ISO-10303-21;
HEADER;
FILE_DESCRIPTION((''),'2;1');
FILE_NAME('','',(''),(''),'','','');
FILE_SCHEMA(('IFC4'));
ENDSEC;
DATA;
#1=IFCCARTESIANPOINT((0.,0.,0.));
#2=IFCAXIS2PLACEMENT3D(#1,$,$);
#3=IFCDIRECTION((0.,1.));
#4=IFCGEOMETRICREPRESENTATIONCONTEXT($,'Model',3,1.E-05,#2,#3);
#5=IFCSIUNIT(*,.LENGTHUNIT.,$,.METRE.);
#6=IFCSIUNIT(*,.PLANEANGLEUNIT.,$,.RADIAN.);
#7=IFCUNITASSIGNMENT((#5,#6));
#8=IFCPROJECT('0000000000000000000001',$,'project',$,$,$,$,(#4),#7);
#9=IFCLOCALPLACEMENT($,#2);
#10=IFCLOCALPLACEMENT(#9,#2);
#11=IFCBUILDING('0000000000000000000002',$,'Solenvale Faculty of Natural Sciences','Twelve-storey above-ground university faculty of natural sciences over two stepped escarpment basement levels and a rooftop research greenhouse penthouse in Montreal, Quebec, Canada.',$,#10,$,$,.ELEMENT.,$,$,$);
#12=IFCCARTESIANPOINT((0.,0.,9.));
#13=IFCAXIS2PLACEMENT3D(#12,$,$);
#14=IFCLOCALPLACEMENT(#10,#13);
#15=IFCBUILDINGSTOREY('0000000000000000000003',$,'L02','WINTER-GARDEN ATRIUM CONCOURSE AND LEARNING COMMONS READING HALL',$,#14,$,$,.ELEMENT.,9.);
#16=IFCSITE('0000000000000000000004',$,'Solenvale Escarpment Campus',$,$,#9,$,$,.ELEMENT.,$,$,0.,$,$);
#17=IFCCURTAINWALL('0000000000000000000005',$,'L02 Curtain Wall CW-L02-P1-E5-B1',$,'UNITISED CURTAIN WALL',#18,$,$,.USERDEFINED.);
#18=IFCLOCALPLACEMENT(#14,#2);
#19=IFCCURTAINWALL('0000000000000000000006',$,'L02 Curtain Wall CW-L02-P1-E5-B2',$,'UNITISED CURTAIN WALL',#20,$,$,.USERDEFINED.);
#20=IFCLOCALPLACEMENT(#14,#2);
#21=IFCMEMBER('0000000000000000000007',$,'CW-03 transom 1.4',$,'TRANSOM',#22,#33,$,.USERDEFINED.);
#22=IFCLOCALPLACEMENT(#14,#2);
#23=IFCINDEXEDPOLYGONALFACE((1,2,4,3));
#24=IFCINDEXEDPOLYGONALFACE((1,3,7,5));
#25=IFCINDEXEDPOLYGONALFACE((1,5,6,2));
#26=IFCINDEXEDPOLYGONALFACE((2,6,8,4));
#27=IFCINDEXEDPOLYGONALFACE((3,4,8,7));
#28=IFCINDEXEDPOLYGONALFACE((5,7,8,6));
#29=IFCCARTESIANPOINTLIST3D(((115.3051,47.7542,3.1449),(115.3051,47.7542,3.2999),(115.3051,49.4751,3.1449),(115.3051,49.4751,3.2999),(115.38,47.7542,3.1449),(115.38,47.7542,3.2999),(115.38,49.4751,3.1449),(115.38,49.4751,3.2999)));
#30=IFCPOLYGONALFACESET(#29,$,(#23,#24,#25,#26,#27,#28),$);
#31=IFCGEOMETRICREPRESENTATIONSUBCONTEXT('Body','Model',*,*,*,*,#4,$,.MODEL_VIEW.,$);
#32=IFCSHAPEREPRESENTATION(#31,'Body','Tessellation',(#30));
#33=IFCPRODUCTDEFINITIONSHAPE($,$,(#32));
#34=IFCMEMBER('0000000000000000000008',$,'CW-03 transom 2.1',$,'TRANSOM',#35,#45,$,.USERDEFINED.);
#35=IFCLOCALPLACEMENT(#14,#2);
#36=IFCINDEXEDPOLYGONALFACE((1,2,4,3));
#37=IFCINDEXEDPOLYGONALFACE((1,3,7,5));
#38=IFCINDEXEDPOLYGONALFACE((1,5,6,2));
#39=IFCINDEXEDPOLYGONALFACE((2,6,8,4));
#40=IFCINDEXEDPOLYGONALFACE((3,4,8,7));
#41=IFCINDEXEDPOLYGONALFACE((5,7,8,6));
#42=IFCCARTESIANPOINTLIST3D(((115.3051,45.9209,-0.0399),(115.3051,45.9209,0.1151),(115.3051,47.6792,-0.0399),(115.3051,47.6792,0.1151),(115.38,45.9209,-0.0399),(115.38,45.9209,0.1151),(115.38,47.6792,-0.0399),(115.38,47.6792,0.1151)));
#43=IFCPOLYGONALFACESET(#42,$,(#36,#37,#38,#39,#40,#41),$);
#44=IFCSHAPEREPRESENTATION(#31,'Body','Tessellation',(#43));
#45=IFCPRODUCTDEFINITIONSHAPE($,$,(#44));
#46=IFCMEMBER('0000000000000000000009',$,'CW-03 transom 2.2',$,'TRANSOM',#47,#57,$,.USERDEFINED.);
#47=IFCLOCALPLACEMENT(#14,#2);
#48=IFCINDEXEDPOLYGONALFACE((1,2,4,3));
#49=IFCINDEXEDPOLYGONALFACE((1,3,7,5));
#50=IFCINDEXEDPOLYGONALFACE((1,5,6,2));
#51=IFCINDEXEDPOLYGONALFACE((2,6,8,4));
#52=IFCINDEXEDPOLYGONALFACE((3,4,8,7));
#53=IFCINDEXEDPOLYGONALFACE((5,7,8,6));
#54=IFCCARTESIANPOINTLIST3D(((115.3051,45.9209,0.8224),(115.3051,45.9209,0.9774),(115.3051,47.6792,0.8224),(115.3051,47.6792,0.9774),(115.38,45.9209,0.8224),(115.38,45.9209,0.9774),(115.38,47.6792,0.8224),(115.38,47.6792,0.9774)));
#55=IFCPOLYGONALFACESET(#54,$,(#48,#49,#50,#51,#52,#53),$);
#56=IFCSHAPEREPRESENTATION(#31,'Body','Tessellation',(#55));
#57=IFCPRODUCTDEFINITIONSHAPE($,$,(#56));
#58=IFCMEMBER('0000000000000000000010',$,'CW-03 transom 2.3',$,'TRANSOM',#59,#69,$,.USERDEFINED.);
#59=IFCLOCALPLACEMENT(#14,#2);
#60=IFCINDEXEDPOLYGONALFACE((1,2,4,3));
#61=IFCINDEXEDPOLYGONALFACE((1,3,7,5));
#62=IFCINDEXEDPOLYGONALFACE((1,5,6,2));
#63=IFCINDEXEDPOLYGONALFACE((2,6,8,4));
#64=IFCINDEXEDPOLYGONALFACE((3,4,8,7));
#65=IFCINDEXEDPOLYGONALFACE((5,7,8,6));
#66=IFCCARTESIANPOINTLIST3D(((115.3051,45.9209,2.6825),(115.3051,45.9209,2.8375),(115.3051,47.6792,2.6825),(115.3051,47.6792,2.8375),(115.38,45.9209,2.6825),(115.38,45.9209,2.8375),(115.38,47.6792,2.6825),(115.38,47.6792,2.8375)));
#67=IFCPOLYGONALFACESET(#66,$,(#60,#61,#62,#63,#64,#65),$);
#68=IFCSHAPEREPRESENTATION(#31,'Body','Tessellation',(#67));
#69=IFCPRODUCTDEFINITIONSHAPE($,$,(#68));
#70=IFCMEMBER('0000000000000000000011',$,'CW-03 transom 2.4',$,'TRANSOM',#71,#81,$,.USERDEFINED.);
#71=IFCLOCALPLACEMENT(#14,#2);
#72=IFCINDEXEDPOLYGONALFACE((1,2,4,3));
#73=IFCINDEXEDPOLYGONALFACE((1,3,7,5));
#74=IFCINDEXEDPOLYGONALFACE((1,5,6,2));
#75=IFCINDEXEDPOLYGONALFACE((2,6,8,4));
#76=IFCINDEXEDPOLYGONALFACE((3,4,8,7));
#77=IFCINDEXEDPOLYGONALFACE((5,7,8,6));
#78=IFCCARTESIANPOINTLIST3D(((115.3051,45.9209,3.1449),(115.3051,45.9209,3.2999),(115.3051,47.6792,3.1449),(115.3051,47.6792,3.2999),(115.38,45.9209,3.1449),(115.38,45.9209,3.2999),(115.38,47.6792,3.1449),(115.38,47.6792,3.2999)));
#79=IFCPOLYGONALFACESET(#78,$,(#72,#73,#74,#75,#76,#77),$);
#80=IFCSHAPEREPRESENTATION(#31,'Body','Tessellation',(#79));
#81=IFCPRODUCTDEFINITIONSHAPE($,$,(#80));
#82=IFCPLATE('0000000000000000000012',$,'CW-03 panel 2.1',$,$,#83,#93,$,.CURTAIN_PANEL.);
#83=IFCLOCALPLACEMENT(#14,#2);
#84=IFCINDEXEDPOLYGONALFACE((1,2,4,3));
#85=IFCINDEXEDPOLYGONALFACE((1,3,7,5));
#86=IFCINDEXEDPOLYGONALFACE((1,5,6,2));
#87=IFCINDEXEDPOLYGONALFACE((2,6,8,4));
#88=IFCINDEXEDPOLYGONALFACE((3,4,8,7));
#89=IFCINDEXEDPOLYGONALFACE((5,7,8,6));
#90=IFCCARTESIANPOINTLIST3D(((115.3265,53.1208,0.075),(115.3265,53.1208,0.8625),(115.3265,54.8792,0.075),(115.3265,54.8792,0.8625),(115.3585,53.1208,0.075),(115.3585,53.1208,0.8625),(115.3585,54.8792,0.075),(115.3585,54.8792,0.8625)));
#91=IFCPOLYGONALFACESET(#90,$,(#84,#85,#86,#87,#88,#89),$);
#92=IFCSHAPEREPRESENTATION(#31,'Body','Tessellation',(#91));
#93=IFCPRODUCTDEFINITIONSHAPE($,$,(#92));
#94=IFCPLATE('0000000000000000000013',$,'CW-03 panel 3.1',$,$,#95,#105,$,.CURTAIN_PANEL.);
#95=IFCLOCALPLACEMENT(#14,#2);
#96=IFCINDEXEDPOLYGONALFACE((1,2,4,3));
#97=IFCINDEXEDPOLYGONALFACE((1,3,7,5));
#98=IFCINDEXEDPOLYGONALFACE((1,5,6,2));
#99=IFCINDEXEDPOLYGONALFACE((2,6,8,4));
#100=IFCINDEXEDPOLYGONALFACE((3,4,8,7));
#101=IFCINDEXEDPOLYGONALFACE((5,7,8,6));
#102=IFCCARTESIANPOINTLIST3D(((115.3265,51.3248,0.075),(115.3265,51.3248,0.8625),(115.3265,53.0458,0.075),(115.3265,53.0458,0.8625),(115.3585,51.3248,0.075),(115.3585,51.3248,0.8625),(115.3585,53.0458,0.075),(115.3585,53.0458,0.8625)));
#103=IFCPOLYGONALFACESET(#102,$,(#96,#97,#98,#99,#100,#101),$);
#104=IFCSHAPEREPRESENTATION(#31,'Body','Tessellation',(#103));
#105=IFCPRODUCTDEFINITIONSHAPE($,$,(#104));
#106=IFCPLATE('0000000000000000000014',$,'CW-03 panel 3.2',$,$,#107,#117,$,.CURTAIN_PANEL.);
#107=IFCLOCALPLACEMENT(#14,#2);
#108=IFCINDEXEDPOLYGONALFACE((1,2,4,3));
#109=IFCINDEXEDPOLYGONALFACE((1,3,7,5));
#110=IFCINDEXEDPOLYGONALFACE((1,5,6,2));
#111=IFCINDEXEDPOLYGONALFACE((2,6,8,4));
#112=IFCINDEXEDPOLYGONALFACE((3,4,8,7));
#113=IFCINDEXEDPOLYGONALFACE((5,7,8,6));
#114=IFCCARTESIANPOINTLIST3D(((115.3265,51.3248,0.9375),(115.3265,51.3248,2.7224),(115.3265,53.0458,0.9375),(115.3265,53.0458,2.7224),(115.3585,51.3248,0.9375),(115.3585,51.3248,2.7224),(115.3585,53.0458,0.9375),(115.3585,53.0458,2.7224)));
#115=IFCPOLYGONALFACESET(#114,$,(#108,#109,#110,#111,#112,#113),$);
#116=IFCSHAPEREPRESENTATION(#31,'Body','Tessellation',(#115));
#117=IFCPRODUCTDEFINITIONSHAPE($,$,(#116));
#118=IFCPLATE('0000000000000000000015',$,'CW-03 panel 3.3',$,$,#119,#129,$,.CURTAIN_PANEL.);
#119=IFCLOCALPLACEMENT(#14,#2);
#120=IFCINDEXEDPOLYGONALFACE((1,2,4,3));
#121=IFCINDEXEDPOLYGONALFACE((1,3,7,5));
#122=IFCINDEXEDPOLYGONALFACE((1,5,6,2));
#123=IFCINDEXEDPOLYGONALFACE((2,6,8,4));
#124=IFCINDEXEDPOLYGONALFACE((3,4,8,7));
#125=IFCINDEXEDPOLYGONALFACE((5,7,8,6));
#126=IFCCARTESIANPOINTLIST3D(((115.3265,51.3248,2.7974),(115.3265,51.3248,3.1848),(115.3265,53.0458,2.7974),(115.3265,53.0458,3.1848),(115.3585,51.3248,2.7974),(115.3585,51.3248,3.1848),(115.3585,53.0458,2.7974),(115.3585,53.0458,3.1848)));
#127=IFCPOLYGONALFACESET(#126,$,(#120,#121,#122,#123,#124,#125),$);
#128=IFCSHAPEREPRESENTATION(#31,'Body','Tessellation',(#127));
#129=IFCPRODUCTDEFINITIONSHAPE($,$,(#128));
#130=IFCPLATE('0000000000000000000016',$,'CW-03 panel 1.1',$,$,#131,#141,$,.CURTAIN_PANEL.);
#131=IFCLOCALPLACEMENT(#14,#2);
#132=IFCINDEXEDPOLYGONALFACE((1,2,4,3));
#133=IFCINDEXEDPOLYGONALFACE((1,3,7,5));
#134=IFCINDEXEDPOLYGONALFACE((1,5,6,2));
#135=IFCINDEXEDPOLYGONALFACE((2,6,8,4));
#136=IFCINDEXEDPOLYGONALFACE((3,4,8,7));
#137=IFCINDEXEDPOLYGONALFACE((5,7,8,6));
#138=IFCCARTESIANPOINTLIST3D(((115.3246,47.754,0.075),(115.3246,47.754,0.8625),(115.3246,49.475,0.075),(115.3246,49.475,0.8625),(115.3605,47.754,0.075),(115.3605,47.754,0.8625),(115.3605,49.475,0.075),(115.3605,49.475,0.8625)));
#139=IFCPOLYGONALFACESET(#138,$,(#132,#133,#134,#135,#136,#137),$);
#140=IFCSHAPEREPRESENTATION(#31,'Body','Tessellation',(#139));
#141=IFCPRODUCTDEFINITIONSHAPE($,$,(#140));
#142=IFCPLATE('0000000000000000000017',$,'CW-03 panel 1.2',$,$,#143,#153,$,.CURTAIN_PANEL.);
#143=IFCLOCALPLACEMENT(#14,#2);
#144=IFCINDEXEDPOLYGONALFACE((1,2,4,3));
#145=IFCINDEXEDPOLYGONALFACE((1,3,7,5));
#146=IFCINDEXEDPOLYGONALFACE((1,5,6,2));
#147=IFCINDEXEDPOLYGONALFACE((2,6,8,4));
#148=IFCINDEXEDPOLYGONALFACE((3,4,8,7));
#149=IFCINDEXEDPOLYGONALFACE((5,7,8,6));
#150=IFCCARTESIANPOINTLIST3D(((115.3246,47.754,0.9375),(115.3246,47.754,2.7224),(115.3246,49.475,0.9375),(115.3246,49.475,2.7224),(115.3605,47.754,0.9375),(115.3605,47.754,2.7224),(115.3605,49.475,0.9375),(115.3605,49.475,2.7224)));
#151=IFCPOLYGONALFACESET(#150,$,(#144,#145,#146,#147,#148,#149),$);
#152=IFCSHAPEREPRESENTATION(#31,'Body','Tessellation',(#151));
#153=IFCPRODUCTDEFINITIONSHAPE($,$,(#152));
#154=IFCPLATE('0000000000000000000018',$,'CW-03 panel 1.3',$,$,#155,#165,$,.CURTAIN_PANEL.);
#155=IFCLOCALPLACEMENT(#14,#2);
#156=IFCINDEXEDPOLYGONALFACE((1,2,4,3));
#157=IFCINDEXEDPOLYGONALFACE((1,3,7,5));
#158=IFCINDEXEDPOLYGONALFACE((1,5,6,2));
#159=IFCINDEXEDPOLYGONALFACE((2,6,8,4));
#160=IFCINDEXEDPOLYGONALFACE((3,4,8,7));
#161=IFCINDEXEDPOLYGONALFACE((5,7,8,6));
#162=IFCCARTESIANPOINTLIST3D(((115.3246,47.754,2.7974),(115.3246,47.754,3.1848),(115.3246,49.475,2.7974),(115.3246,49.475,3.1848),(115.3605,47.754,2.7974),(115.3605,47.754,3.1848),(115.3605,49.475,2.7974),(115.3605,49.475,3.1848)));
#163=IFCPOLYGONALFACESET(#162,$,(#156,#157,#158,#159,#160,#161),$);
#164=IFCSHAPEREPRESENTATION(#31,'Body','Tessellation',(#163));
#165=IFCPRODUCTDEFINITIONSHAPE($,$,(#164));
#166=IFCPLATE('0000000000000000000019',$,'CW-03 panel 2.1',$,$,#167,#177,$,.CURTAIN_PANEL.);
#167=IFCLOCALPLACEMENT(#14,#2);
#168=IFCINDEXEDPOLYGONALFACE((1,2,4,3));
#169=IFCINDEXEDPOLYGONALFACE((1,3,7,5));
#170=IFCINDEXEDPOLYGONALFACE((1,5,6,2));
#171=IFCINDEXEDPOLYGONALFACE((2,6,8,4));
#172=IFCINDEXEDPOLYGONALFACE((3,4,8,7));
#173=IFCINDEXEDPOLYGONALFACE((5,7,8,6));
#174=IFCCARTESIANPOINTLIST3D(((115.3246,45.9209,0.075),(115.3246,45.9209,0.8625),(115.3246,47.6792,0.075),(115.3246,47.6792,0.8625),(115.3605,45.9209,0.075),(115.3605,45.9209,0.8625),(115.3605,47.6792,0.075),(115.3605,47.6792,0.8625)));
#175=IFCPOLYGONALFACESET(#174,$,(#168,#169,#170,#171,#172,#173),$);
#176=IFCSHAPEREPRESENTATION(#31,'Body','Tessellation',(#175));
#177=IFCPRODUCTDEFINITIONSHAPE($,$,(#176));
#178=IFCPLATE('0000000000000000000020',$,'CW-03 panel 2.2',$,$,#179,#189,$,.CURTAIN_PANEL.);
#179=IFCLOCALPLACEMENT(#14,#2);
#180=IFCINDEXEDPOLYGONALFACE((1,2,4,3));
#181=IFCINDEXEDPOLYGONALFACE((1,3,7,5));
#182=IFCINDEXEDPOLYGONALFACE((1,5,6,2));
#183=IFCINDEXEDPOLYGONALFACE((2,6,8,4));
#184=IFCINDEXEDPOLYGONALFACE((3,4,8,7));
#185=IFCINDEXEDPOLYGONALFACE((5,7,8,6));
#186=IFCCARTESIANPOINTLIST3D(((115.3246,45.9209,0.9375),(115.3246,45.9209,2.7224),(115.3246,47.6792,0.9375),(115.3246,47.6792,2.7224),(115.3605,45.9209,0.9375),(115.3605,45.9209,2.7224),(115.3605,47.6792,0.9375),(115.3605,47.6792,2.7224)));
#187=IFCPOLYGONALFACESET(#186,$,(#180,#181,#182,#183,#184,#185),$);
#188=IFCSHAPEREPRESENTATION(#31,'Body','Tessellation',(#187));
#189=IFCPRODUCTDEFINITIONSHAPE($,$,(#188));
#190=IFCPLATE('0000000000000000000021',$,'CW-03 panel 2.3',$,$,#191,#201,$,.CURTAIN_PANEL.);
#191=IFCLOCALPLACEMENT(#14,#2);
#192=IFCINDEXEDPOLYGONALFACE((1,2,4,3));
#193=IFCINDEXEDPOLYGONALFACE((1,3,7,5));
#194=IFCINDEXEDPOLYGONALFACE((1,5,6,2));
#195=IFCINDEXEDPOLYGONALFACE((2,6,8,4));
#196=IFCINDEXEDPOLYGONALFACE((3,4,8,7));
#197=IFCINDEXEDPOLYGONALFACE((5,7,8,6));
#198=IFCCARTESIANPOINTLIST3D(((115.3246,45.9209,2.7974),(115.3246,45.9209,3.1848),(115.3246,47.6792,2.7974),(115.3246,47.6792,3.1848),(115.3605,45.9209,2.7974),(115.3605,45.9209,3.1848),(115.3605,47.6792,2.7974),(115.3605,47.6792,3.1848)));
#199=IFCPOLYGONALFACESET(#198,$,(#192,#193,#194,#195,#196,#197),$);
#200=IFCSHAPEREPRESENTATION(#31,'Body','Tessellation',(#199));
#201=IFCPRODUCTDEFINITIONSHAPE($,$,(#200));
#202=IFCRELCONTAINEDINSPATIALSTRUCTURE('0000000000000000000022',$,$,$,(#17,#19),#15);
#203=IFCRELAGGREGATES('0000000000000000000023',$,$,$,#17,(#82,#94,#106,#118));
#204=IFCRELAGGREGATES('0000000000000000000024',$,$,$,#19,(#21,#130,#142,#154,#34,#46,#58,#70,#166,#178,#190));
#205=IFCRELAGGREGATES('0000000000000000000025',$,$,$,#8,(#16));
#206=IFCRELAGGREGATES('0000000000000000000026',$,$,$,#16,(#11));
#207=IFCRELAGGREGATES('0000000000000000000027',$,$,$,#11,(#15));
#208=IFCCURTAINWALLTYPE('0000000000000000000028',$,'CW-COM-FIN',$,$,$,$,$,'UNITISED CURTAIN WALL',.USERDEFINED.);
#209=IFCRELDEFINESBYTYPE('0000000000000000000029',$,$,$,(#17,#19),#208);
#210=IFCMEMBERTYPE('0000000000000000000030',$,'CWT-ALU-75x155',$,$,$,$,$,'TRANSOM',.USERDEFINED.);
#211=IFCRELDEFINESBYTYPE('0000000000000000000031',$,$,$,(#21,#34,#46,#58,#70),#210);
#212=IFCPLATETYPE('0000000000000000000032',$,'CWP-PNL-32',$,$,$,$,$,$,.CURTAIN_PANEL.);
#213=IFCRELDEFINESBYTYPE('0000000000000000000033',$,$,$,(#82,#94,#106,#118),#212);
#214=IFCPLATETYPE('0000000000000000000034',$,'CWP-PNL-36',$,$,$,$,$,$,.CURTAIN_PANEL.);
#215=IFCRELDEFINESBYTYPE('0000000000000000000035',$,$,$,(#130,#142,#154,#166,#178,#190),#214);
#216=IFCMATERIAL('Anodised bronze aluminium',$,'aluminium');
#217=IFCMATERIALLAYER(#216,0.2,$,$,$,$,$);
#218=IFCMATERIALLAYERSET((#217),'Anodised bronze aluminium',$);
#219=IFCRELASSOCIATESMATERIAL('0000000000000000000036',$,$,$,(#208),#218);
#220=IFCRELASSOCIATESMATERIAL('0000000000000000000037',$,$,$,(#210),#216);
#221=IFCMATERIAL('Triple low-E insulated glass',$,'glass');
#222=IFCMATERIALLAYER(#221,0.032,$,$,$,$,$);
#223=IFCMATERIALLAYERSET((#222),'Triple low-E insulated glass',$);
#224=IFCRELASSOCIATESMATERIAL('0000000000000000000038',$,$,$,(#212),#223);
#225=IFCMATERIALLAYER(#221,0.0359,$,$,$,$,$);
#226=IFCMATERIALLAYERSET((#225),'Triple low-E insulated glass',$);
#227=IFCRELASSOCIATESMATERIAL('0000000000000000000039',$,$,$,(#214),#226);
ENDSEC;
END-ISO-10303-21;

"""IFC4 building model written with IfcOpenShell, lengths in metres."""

from ifc_helpers import new_model, si_unit, direction, frame, origin, origin_2d, place, context, subcontext, project, spatial, rectangle, extrude, material, layer, layer_set, material_profile, profile_set, type_object, element, aggregate, save


model = new_model("IFC4")

# Units and contexts
model_context = context("Model", 3, precision=1e-05, world=origin(), true_north=direction((0.0, 1.0)))
body_context = subcontext(model_context, "Body", "Model", "MODEL_VIEW")
ifc_project = project(units=[si_unit("LENGTHUNIT", "METRE"), si_unit("PLANEANGLEUNIT", "RADIAN")], contexts=[model_context])

# Site, building, storey
site_placement = place(None, origin())
site = spatial("IfcSite", under=ifc_project, at=site_placement, Name="Solenvale Escarpment Campus", CompositionType="ELEMENT", RefElevation=0.0)
building_placement = place(site_placement, origin())
building = spatial("IfcBuilding", under=site, at=building_placement, Name="Solenvale Faculty of Natural Sciences", Description="Twelve-storey above-ground university faculty of natural sciences over two stepped escarpment basement levels and a rooftop research greenhouse penthouse in Montreal, Quebec, Canada.", CompositionType="ELEMENT")
storey_placement = place(building_placement, frame((0.0, 0.0, 9.0)))
storey = spatial("IfcBuildingStorey", under=building, at=storey_placement, Name="L02", Description="WINTER-GARDEN ATRIUM CONCOURSE AND LEARNING COMMONS READING HALL", CompositionType="ELEMENT", Elevation=9.0)

# Curtain walls
ifc_material_1 = material(Name="Anodised bronze aluminium", Category="aluminium")
ifc_layer_1 = layer(ifc_material_1, 0.2)
ifc_layer_set_1 = layer_set([ifc_layer_1], Name="Anodised bronze aluminium")
curtain_wall_type = type_object("IfcCurtainWallType", Name="CW-COM-FIN", ElementType="UNITISED CURTAIN WALL", PredefinedType="USERDEFINED", material=ifc_layer_set_1)
curtain_wall_1_placement = place(storey_placement, origin())
curtain_wall_1 = element("IfcCurtainWall", 1, at=curtain_wall_1_placement, inside=storey, type_object=curtain_wall_type, Name="L02 Curtain Wall CW-L02-P1-E5-B1", ObjectType="UNITISED CURTAIN WALL", PredefinedType="USERDEFINED")
curtain_wall_2_placement = place(storey_placement, origin())
curtain_wall_2 = element("IfcCurtainWall", 2, at=curtain_wall_2_placement, inside=storey, type_object=curtain_wall_type, Name="L02 Curtain Wall CW-L02-P1-E5-B2", ObjectType="UNITISED CURTAIN WALL", PredefinedType="USERDEFINED")

# Members
ifc_material_profile_1 = material_profile(ifc_material_1, rectangle(XDim=0.075, YDim=0.155, at=origin_2d()), Name="ALU-TRN-75x155")
ifc_profile_set_1 = profile_set([ifc_material_profile_1], Name="Anodised bronze aluminium")
member_type_1 = type_object("IfcMemberType", Name="CWT-ALU-75x155", ElementType="TRANSOM", PredefinedType="USERDEFINED", material=ifc_profile_set_1)
member_1_placement = place(storey_placement, frame((115.3425, 49.4751, 3.2224), z_axis=(0.0, -1.0, 0.0), x_axis=(1.0, 0.0, 0.0)))
member_1 = element("IfcMember", 3, at=member_1_placement, type_object=member_type_1, Name="CW-03 transom 1.4", ObjectType="TRANSOM", PredefinedType="USERDEFINED", context=body_context, shape_type="SweptSolid", body=[
    extrude(rectangle(XDim=0.075, YDim=0.155, at=origin_2d()), origin(), (0.0, 0.0, 1.0), 1.7209),
])
member_2_placement = place(storey_placement, frame((115.3425, 47.6792, 0.0376), z_axis=(0.0, -1.0, 0.0), x_axis=(1.0, 0.0, 0.0)))
member_2 = element("IfcMember", 4, at=member_2_placement, type_object=member_type_1, Name="CW-03 transom 2.1", ObjectType="TRANSOM", PredefinedType="USERDEFINED", context=body_context, shape_type="SweptSolid", body=[
    extrude(rectangle(XDim=0.075, YDim=0.155, at=origin_2d()), origin(), (0.0, 0.0, 1.0), 1.7583),
])
member_3_placement = place(storey_placement, frame((115.3425, 47.6792, 0.8999), z_axis=(0.0, -1.0, 0.0), x_axis=(1.0, 0.0, 0.0)))
member_3 = element("IfcMember", 5, at=member_3_placement, type_object=member_type_1, Name="CW-03 transom 2.2", ObjectType="TRANSOM", PredefinedType="USERDEFINED", context=body_context, shape_type="SweptSolid", body=[
    extrude(rectangle(XDim=0.075, YDim=0.155, at=origin_2d()), origin(), (0.0, 0.0, 1.0), 1.7583),
])
member_4_placement = place(storey_placement, frame((115.3425, 47.6792, 2.76), z_axis=(0.0, -1.0, 0.0), x_axis=(1.0, 0.0, 0.0)))
member_4 = element("IfcMember", 6, at=member_4_placement, type_object=member_type_1, Name="CW-03 transom 2.3", ObjectType="TRANSOM", PredefinedType="USERDEFINED", context=body_context, shape_type="SweptSolid", body=[
    extrude(rectangle(XDim=0.075, YDim=0.155, at=origin_2d()), origin(), (0.0, 0.0, 1.0), 1.7583),
])
member_5_placement = place(storey_placement, frame((115.3425, 47.6792, 3.2224), z_axis=(0.0, -1.0, 0.0), x_axis=(1.0, 0.0, 0.0)))
member_5 = element("IfcMember", 7, at=member_5_placement, type_object=member_type_1, Name="CW-03 transom 2.4", ObjectType="TRANSOM", PredefinedType="USERDEFINED", context=body_context, shape_type="SweptSolid", body=[
    extrude(rectangle(XDim=0.075, YDim=0.155, at=origin_2d()), origin(), (0.0, 0.0, 1.0), 1.7583),
])

# Plates
ifc_material_2 = material(Name="Triple low-E insulated glass", Category="glass")
ifc_layer_2 = layer(ifc_material_2, 0.032)
ifc_layer_set_2 = layer_set([ifc_layer_2], Name="Triple low-E insulated glass")
plate_type_1 = type_object("IfcPlateType", Name="CWP-PNL-32", PredefinedType="CURTAIN_PANEL", material=ifc_layer_set_2)
plate_1_placement = place(storey_placement, frame((115.3425, 54.0, 0.075), z_axis=(0.0, 0.0, 1.0), x_axis=(0.0, -1.0, 0.0)))
plate_1 = element("IfcPlate", 8, at=plate_1_placement, type_object=plate_type_1, Name="CW-03 panel 2.1", PredefinedType="CURTAIN_PANEL", context=body_context, shape_type="SweptSolid", body=[
    extrude(rectangle(XDim=1.7583, YDim=0.032, at=origin_2d()), origin(), (0.0, 0.0, 1.0), 0.7876),
])
plate_2_placement = place(storey_placement, frame((115.3425, 52.1853, 0.075), z_axis=(0.0, 0.0, 1.0), x_axis=(0.0, -1.0, 0.0)))
plate_2 = element("IfcPlate", 9, at=plate_2_placement, type_object=plate_type_1, Name="CW-03 panel 3.1", PredefinedType="CURTAIN_PANEL", context=body_context, shape_type="SweptSolid", body=[
    extrude(rectangle(XDim=1.7209, YDim=0.032, at=origin_2d()), origin(), (0.0, 0.0, 1.0), 0.7876),
])
plate_3_placement = place(storey_placement, frame((115.3425, 52.1853, 0.9375), z_axis=(0.0, 0.0, 1.0), x_axis=(0.0, -1.0, 0.0)))
plate_3 = element("IfcPlate", 10, at=plate_3_placement, type_object=plate_type_1, Name="CW-03 panel 3.2", PredefinedType="CURTAIN_PANEL", context=body_context, shape_type="SweptSolid", body=[
    extrude(rectangle(XDim=1.7209, YDim=0.032, at=origin_2d()), origin(), (0.0, 0.0, 1.0), 1.7849),
])
plate_4_placement = place(storey_placement, frame((115.3425, 52.1853, 2.7974), z_axis=(0.0, 0.0, 1.0), x_axis=(0.0, -1.0, 0.0)))
plate_4 = element("IfcPlate", 11, at=plate_4_placement, type_object=plate_type_1, Name="CW-03 panel 3.3", PredefinedType="CURTAIN_PANEL", context=body_context, shape_type="SweptSolid", body=[
    extrude(rectangle(XDim=1.7209, YDim=0.032, at=origin_2d()), origin(), (0.0, 0.0, 1.0), 0.3875),
])
aggregate(curtain_wall_1, [plate_1, plate_2, plate_3, plate_4])
ifc_layer_3 = layer(ifc_material_2, 0.0359)
ifc_layer_set_3 = layer_set([ifc_layer_3], Name="Triple low-E insulated glass")
plate_type_2 = type_object("IfcPlateType", Name="CWP-PNL-36", PredefinedType="CURTAIN_PANEL", material=ifc_layer_set_3)
plate_5_placement = place(storey_placement, frame((115.3425, 48.6145, 0.075), z_axis=(0.0, 0.0, 1.0), x_axis=(0.0, -1.0, 0.0)))
plate_5 = element("IfcPlate", 12, at=plate_5_placement, type_object=plate_type_2, Name="CW-03 panel 1.1", PredefinedType="CURTAIN_PANEL", context=body_context, shape_type="SweptSolid", body=[
    extrude(rectangle(XDim=1.7209, YDim=0.0359, at=origin_2d()), origin(), (0.0, 0.0, 1.0), 0.7876),
])
plate_6_placement = place(storey_placement, frame((115.3425, 48.6145, 0.9375), z_axis=(0.0, 0.0, 1.0), x_axis=(0.0, -1.0, 0.0)))
plate_6 = element("IfcPlate", 13, at=plate_6_placement, type_object=plate_type_2, Name="CW-03 panel 1.2", PredefinedType="CURTAIN_PANEL", context=body_context, shape_type="SweptSolid", body=[
    extrude(rectangle(XDim=1.7209, YDim=0.0359, at=origin_2d()), origin(), (0.0, 0.0, 1.0), 1.7849),
])
plate_7_placement = place(storey_placement, frame((115.3425, 48.6145, 2.7974), z_axis=(0.0, 0.0, 1.0), x_axis=(0.0, -1.0, 0.0)))
plate_7 = element("IfcPlate", 14, at=plate_7_placement, type_object=plate_type_2, Name="CW-03 panel 1.3", PredefinedType="CURTAIN_PANEL", context=body_context, shape_type="SweptSolid", body=[
    extrude(rectangle(XDim=1.7209, YDim=0.0359, at=origin_2d()), origin(), (0.0, 0.0, 1.0), 0.3875),
])
plate_8_placement = place(storey_placement, frame((115.3425, 46.8, 0.075), z_axis=(0.0, 0.0, 1.0), x_axis=(0.0, -1.0, 0.0)))
plate_8 = element("IfcPlate", 15, at=plate_8_placement, type_object=plate_type_2, Name="CW-03 panel 2.1", PredefinedType="CURTAIN_PANEL", context=body_context, shape_type="SweptSolid", body=[
    extrude(rectangle(XDim=1.7583, YDim=0.0359, at=origin_2d()), origin(), (0.0, 0.0, 1.0), 0.7876),
])
plate_9_placement = place(storey_placement, frame((115.3425, 46.8, 0.9375), z_axis=(0.0, 0.0, 1.0), x_axis=(0.0, -1.0, 0.0)))
plate_9 = element("IfcPlate", 16, at=plate_9_placement, type_object=plate_type_2, Name="CW-03 panel 2.2", PredefinedType="CURTAIN_PANEL", context=body_context, shape_type="SweptSolid", body=[
    extrude(rectangle(XDim=1.7583, YDim=0.0359, at=origin_2d()), origin(), (0.0, 0.0, 1.0), 1.7849),
])
plate_10_placement = place(storey_placement, frame((115.3425, 46.8, 2.7974), z_axis=(0.0, 0.0, 1.0), x_axis=(0.0, -1.0, 0.0)))
plate_10 = element("IfcPlate", 17, at=plate_10_placement, type_object=plate_type_2, Name="CW-03 panel 2.3", PredefinedType="CURTAIN_PANEL", context=body_context, shape_type="SweptSolid", body=[
    extrude(rectangle(XDim=1.7583, YDim=0.0359, at=origin_2d()), origin(), (0.0, 0.0, 1.0), 0.3875),
])
aggregate(curtain_wall_2, [member_1, plate_5, plate_6, plate_7, member_2, member_3, member_4, member_5, plate_8, plate_9, plate_10])

save(model, "model.ifc")
